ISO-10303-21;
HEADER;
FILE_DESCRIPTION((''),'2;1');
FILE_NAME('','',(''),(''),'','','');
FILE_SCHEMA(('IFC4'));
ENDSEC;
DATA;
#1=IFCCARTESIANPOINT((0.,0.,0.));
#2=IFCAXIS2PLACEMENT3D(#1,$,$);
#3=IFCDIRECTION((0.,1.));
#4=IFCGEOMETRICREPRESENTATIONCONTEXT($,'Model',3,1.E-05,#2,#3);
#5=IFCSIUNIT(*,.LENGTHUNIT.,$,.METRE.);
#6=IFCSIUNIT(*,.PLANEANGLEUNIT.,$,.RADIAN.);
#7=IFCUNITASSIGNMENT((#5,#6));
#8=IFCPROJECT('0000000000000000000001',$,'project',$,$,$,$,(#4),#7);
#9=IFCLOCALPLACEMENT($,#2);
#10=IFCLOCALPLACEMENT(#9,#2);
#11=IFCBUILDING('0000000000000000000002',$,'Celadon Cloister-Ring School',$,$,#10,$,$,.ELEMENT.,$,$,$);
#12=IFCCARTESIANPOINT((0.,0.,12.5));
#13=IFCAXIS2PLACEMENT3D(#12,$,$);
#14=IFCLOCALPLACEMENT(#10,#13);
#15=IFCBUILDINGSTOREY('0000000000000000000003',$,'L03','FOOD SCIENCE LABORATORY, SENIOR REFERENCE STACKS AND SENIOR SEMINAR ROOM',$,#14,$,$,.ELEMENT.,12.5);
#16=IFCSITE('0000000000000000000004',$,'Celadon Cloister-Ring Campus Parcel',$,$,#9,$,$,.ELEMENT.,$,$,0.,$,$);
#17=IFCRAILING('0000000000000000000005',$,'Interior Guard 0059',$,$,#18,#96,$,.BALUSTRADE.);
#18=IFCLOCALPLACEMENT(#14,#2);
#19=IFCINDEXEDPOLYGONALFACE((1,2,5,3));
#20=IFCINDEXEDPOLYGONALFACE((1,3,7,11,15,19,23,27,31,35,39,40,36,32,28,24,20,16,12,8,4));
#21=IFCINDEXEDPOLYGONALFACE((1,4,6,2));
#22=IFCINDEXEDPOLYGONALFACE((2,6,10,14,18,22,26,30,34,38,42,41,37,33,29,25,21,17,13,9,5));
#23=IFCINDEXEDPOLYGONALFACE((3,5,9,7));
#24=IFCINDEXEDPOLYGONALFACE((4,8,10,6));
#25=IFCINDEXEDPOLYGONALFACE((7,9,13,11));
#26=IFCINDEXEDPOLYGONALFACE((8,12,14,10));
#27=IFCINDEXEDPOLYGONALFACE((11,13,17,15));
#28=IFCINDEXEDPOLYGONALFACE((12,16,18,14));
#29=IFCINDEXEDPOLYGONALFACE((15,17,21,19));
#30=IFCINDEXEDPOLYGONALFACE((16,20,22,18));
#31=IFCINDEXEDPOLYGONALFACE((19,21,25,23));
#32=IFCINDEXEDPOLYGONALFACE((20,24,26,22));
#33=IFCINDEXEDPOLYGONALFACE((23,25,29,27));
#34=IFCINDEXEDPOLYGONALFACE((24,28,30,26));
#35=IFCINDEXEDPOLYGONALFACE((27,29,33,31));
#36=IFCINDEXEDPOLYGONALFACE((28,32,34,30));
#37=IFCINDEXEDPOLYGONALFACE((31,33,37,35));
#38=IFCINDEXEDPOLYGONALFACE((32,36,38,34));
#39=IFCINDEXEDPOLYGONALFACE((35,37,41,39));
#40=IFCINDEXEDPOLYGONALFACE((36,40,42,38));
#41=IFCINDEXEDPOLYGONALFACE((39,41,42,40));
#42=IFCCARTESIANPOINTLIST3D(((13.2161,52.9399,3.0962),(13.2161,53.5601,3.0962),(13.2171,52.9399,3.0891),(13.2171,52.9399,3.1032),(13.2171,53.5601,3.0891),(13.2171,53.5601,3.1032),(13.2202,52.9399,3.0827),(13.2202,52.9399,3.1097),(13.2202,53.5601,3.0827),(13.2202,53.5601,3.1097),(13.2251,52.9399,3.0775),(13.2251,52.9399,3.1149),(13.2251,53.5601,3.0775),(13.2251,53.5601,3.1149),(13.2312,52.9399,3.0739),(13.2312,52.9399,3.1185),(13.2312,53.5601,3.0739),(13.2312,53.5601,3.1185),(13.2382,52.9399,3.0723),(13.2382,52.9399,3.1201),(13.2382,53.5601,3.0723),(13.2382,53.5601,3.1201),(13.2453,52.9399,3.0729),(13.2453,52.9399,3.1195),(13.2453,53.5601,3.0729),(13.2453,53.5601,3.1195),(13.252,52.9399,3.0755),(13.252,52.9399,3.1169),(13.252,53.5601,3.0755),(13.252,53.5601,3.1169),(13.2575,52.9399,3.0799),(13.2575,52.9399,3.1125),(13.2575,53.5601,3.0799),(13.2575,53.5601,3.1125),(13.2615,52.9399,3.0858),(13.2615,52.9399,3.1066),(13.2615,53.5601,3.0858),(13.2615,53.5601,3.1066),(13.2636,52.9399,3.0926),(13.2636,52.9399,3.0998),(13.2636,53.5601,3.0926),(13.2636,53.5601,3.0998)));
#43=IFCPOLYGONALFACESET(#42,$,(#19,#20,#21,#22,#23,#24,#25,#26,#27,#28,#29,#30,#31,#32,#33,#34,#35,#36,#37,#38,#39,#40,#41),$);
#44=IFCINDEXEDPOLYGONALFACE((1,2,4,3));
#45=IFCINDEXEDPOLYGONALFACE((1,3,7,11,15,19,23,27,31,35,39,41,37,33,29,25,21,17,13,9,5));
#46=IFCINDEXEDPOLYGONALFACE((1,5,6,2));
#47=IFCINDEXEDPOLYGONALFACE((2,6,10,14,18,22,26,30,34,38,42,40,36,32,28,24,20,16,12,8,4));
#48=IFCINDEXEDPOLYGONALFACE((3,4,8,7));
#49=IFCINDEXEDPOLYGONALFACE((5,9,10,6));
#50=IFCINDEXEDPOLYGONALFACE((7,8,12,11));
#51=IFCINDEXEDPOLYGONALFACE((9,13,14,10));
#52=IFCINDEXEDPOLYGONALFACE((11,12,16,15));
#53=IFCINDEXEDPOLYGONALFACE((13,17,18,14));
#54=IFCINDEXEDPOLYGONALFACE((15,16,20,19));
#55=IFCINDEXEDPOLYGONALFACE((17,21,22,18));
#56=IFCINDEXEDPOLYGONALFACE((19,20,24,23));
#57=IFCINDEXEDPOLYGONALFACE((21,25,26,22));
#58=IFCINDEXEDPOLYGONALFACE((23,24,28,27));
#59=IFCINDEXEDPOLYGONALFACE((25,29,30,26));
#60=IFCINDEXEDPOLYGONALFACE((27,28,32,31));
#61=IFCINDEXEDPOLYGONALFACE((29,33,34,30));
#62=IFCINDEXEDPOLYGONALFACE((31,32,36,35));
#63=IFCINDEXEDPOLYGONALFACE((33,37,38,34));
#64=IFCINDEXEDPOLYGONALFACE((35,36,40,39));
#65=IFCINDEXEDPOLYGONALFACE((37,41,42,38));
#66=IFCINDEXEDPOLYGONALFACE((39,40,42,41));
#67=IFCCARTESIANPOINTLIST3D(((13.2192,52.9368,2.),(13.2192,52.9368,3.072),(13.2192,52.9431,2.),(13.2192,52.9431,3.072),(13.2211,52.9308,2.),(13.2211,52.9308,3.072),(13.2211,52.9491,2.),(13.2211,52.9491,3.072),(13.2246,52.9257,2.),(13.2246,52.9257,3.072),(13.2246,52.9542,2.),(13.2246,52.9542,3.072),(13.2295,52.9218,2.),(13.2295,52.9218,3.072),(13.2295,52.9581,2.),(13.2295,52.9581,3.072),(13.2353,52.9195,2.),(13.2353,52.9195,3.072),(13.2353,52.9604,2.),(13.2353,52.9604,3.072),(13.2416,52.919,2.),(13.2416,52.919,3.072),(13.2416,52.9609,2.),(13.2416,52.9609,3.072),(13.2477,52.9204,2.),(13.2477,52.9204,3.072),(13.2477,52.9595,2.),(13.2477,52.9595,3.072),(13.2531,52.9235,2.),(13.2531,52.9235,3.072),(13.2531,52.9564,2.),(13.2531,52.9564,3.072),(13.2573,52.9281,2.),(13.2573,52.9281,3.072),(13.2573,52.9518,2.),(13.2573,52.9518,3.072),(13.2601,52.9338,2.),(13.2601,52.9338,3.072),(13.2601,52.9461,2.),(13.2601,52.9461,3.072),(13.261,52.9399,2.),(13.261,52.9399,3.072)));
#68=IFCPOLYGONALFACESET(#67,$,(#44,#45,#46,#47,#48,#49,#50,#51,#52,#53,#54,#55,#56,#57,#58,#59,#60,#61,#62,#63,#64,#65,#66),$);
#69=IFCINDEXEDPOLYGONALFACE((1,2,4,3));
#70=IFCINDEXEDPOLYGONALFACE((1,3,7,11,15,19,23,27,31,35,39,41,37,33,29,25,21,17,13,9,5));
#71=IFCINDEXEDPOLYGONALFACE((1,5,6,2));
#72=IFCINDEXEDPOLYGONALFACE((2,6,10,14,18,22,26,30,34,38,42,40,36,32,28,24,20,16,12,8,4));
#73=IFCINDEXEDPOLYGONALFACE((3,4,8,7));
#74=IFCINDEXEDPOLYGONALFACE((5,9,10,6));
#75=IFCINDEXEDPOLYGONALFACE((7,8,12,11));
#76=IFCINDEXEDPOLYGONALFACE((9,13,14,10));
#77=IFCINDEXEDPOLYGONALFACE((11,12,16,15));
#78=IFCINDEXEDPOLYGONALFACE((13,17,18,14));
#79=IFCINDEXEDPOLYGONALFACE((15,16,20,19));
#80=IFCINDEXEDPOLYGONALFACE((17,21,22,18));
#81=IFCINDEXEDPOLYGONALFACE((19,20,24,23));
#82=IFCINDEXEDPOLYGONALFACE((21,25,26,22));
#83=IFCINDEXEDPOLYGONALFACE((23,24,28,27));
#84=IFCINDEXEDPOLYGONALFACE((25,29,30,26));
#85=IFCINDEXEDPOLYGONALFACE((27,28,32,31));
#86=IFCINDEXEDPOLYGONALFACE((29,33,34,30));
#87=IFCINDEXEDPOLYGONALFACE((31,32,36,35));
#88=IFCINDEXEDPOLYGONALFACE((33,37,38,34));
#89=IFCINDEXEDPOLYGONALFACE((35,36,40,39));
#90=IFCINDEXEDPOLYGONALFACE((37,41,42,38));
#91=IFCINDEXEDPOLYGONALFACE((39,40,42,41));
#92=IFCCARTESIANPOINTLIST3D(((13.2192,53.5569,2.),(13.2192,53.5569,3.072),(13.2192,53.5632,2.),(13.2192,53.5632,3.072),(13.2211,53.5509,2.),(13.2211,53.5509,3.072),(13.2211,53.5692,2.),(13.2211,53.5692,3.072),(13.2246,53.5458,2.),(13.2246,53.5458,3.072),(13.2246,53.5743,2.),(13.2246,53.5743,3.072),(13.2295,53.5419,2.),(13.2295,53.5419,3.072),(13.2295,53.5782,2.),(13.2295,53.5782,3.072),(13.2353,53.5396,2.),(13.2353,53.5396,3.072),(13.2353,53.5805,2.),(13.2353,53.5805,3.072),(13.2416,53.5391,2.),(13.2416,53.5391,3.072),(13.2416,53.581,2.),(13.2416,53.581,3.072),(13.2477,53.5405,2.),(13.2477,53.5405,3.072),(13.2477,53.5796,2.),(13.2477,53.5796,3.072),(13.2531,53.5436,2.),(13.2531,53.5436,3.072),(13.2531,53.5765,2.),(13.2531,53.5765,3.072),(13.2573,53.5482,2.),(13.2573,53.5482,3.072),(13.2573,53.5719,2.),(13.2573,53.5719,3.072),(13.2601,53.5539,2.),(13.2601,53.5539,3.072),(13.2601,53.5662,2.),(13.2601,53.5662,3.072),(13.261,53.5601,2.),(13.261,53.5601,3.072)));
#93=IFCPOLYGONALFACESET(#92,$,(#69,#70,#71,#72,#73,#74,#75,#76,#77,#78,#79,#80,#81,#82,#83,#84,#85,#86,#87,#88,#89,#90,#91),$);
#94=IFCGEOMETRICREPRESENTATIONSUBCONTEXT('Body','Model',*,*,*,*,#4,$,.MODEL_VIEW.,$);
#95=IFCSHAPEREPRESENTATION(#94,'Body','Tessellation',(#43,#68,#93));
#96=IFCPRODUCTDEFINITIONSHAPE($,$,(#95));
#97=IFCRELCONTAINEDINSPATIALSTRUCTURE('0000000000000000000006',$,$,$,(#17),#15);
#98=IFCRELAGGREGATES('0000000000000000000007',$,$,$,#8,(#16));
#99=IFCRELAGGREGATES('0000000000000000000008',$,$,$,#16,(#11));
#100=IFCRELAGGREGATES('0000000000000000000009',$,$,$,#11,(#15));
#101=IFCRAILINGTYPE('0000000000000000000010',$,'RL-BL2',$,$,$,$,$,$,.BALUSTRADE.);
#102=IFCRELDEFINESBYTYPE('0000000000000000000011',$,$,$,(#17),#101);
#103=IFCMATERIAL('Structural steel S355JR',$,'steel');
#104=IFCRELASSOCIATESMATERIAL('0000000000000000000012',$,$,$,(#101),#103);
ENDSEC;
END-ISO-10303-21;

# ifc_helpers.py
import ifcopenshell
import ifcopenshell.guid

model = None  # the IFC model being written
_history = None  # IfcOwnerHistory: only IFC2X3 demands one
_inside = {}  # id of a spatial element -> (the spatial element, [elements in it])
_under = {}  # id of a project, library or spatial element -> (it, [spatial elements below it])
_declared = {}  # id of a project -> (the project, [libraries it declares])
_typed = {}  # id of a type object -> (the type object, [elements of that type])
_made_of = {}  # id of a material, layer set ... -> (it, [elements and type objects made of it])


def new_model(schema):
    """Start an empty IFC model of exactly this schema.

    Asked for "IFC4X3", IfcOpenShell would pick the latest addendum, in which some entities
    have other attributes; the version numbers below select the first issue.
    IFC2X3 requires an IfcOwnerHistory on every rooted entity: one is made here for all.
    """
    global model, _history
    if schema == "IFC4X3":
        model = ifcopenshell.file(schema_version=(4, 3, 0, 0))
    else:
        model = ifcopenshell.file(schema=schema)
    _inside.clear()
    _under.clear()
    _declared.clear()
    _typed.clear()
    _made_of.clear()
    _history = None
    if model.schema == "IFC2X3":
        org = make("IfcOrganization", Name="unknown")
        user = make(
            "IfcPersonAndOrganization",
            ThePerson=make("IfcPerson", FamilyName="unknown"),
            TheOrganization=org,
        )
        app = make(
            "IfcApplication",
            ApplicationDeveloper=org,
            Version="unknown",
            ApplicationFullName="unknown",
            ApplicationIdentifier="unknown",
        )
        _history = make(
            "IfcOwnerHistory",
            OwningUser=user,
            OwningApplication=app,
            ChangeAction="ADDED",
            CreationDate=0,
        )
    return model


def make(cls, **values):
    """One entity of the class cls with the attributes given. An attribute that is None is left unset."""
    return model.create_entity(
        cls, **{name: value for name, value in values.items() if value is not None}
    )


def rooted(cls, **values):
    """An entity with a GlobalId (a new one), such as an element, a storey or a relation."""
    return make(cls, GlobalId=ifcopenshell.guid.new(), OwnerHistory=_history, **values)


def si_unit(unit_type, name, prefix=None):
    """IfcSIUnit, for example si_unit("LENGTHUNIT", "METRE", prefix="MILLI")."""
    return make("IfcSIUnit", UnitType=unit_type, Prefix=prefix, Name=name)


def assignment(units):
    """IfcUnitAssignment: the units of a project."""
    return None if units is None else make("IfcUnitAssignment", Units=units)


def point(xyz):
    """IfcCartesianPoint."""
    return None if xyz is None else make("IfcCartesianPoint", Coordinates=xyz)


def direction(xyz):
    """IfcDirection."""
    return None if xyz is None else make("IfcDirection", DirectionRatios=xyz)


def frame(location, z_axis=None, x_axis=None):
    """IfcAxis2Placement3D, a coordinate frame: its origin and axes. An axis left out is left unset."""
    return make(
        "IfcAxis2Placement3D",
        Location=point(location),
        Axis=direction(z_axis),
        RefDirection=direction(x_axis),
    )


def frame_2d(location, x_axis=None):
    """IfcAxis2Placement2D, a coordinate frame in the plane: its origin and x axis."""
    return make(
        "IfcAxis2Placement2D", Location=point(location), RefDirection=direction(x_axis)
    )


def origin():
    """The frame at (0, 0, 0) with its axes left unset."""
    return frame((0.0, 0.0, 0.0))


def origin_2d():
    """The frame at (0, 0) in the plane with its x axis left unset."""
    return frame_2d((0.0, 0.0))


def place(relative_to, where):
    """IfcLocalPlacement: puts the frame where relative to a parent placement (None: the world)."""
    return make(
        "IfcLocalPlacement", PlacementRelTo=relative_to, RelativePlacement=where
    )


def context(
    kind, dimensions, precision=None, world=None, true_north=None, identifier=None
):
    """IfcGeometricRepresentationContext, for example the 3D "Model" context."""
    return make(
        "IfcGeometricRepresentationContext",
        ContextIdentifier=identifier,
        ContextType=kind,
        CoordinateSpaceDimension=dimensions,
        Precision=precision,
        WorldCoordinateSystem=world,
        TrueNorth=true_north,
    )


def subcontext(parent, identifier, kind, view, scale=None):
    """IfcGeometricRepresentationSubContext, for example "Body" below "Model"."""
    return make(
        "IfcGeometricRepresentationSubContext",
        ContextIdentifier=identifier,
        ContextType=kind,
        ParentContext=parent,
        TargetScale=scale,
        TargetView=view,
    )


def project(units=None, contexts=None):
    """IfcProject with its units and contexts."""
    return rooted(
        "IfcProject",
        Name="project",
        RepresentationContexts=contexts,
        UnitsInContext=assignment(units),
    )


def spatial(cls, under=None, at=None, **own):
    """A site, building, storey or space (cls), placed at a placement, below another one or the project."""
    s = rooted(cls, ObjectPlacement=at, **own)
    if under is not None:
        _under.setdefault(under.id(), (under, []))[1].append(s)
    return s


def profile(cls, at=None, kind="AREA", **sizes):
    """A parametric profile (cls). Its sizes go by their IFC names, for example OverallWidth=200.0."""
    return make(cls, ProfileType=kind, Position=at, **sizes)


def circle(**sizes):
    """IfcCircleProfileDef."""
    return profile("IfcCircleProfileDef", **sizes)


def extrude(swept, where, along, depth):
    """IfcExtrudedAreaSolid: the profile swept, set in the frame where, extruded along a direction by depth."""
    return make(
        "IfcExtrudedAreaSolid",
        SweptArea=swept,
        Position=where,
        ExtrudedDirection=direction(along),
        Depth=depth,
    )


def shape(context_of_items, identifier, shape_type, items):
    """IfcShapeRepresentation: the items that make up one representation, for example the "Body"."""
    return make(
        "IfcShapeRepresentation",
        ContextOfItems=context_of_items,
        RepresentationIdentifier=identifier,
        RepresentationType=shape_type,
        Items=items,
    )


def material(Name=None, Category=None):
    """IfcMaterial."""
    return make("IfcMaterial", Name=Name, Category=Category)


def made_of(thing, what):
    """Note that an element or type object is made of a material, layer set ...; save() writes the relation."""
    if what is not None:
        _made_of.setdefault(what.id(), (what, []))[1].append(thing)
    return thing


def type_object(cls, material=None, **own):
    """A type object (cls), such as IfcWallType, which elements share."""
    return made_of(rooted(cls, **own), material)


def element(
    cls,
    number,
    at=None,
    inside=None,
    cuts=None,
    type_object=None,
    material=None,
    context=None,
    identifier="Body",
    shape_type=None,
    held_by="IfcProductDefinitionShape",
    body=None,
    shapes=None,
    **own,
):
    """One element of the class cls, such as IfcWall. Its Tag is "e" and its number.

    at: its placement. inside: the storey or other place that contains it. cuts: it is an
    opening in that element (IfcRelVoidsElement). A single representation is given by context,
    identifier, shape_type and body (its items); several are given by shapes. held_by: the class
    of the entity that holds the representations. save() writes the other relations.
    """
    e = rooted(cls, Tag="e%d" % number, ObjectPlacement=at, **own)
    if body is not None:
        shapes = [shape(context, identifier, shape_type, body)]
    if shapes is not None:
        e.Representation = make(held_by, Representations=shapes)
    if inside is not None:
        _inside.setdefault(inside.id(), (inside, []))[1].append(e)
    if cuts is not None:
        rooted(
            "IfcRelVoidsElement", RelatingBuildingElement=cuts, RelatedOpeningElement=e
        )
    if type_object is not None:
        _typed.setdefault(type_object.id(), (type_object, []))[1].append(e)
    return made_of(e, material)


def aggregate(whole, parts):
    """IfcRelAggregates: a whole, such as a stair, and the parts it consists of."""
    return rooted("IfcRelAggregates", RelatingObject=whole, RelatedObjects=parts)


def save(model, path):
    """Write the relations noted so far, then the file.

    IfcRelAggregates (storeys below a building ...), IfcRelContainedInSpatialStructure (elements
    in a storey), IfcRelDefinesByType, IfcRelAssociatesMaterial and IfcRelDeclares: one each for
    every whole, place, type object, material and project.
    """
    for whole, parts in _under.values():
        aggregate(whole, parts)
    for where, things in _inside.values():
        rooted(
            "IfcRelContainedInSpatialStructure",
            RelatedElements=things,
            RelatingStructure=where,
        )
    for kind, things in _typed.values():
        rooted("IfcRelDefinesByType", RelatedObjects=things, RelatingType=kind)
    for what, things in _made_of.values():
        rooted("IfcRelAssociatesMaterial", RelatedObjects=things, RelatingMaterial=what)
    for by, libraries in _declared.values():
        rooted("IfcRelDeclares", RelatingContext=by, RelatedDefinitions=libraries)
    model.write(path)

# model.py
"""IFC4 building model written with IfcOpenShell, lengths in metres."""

from ifc_helpers import new_model, si_unit, direction, frame, origin, origin_2d, place, context, subcontext, project, spatial, circle, extrude, material, type_object, element, save


model = new_model("IFC4")

# Units and contexts
model_context = context("Model", 3, precision=1e-05, world=origin(), true_north=direction((0.0, 1.0)))
body_context = subcontext(model_context, "Body", "Model", "MODEL_VIEW")
ifc_project = project(units=[si_unit("LENGTHUNIT", "METRE"), si_unit("PLANEANGLEUNIT", "RADIAN")], contexts=[model_context])

# Site, building, storey
site_placement = place(None, origin())
site = spatial("IfcSite", under=ifc_project, at=site_placement, Name="Celadon Cloister-Ring Campus Parcel", CompositionType="ELEMENT", RefElevation=0.0)
building_placement = place(site_placement, origin())
building = spatial("IfcBuilding", under=site, at=building_placement, Name="Celadon Cloister-Ring School", CompositionType="ELEMENT")
storey_placement = place(building_placement, frame((0.0, 0.0, 12.5)))
storey = spatial("IfcBuildingStorey", under=building, at=storey_placement, Name="L03", Description="FOOD SCIENCE LABORATORY, SENIOR REFERENCE STACKS AND SENIOR SEMINAR ROOM", CompositionType="ELEMENT", Elevation=12.5)

# Railing
ifc_material_1 = material(Name="Structural steel S355JR", Category="steel")
railing_type_1 = type_object("IfcRailingType", Name="RL-BL2", PredefinedType="BALUSTRADE", material=ifc_material_1)
railing_1_placement = place(storey_placement, frame((13.24, 52.9399, 2.0)))
element("IfcRailing", 1, at=railing_1_placement, inside=storey, type_object=railing_type_1, Name="Interior Guard 0059", PredefinedType="BALUSTRADE", context=body_context, shape_type="SweptSolid", body=[
    extrude(circle(Radius=0.0239, at=origin_2d()), frame((0.0, 0.0, 1.0962), z_axis=(0.0, 1.0, 0.0), x_axis=(-1.0, 0.0, 0.0)), (0.0, 0.0, 1.0), 0.6201),
    extrude(circle(Radius=0.021, at=origin_2d()), origin(), (0.0, 0.0, 1.0), 1.072),
    extrude(circle(Radius=0.021, at=origin_2d()), frame((0.0, 0.6201, 0.0)), (0.0, 0.0, 1.0), 1.072),
])

save(model, "model.ifc")
